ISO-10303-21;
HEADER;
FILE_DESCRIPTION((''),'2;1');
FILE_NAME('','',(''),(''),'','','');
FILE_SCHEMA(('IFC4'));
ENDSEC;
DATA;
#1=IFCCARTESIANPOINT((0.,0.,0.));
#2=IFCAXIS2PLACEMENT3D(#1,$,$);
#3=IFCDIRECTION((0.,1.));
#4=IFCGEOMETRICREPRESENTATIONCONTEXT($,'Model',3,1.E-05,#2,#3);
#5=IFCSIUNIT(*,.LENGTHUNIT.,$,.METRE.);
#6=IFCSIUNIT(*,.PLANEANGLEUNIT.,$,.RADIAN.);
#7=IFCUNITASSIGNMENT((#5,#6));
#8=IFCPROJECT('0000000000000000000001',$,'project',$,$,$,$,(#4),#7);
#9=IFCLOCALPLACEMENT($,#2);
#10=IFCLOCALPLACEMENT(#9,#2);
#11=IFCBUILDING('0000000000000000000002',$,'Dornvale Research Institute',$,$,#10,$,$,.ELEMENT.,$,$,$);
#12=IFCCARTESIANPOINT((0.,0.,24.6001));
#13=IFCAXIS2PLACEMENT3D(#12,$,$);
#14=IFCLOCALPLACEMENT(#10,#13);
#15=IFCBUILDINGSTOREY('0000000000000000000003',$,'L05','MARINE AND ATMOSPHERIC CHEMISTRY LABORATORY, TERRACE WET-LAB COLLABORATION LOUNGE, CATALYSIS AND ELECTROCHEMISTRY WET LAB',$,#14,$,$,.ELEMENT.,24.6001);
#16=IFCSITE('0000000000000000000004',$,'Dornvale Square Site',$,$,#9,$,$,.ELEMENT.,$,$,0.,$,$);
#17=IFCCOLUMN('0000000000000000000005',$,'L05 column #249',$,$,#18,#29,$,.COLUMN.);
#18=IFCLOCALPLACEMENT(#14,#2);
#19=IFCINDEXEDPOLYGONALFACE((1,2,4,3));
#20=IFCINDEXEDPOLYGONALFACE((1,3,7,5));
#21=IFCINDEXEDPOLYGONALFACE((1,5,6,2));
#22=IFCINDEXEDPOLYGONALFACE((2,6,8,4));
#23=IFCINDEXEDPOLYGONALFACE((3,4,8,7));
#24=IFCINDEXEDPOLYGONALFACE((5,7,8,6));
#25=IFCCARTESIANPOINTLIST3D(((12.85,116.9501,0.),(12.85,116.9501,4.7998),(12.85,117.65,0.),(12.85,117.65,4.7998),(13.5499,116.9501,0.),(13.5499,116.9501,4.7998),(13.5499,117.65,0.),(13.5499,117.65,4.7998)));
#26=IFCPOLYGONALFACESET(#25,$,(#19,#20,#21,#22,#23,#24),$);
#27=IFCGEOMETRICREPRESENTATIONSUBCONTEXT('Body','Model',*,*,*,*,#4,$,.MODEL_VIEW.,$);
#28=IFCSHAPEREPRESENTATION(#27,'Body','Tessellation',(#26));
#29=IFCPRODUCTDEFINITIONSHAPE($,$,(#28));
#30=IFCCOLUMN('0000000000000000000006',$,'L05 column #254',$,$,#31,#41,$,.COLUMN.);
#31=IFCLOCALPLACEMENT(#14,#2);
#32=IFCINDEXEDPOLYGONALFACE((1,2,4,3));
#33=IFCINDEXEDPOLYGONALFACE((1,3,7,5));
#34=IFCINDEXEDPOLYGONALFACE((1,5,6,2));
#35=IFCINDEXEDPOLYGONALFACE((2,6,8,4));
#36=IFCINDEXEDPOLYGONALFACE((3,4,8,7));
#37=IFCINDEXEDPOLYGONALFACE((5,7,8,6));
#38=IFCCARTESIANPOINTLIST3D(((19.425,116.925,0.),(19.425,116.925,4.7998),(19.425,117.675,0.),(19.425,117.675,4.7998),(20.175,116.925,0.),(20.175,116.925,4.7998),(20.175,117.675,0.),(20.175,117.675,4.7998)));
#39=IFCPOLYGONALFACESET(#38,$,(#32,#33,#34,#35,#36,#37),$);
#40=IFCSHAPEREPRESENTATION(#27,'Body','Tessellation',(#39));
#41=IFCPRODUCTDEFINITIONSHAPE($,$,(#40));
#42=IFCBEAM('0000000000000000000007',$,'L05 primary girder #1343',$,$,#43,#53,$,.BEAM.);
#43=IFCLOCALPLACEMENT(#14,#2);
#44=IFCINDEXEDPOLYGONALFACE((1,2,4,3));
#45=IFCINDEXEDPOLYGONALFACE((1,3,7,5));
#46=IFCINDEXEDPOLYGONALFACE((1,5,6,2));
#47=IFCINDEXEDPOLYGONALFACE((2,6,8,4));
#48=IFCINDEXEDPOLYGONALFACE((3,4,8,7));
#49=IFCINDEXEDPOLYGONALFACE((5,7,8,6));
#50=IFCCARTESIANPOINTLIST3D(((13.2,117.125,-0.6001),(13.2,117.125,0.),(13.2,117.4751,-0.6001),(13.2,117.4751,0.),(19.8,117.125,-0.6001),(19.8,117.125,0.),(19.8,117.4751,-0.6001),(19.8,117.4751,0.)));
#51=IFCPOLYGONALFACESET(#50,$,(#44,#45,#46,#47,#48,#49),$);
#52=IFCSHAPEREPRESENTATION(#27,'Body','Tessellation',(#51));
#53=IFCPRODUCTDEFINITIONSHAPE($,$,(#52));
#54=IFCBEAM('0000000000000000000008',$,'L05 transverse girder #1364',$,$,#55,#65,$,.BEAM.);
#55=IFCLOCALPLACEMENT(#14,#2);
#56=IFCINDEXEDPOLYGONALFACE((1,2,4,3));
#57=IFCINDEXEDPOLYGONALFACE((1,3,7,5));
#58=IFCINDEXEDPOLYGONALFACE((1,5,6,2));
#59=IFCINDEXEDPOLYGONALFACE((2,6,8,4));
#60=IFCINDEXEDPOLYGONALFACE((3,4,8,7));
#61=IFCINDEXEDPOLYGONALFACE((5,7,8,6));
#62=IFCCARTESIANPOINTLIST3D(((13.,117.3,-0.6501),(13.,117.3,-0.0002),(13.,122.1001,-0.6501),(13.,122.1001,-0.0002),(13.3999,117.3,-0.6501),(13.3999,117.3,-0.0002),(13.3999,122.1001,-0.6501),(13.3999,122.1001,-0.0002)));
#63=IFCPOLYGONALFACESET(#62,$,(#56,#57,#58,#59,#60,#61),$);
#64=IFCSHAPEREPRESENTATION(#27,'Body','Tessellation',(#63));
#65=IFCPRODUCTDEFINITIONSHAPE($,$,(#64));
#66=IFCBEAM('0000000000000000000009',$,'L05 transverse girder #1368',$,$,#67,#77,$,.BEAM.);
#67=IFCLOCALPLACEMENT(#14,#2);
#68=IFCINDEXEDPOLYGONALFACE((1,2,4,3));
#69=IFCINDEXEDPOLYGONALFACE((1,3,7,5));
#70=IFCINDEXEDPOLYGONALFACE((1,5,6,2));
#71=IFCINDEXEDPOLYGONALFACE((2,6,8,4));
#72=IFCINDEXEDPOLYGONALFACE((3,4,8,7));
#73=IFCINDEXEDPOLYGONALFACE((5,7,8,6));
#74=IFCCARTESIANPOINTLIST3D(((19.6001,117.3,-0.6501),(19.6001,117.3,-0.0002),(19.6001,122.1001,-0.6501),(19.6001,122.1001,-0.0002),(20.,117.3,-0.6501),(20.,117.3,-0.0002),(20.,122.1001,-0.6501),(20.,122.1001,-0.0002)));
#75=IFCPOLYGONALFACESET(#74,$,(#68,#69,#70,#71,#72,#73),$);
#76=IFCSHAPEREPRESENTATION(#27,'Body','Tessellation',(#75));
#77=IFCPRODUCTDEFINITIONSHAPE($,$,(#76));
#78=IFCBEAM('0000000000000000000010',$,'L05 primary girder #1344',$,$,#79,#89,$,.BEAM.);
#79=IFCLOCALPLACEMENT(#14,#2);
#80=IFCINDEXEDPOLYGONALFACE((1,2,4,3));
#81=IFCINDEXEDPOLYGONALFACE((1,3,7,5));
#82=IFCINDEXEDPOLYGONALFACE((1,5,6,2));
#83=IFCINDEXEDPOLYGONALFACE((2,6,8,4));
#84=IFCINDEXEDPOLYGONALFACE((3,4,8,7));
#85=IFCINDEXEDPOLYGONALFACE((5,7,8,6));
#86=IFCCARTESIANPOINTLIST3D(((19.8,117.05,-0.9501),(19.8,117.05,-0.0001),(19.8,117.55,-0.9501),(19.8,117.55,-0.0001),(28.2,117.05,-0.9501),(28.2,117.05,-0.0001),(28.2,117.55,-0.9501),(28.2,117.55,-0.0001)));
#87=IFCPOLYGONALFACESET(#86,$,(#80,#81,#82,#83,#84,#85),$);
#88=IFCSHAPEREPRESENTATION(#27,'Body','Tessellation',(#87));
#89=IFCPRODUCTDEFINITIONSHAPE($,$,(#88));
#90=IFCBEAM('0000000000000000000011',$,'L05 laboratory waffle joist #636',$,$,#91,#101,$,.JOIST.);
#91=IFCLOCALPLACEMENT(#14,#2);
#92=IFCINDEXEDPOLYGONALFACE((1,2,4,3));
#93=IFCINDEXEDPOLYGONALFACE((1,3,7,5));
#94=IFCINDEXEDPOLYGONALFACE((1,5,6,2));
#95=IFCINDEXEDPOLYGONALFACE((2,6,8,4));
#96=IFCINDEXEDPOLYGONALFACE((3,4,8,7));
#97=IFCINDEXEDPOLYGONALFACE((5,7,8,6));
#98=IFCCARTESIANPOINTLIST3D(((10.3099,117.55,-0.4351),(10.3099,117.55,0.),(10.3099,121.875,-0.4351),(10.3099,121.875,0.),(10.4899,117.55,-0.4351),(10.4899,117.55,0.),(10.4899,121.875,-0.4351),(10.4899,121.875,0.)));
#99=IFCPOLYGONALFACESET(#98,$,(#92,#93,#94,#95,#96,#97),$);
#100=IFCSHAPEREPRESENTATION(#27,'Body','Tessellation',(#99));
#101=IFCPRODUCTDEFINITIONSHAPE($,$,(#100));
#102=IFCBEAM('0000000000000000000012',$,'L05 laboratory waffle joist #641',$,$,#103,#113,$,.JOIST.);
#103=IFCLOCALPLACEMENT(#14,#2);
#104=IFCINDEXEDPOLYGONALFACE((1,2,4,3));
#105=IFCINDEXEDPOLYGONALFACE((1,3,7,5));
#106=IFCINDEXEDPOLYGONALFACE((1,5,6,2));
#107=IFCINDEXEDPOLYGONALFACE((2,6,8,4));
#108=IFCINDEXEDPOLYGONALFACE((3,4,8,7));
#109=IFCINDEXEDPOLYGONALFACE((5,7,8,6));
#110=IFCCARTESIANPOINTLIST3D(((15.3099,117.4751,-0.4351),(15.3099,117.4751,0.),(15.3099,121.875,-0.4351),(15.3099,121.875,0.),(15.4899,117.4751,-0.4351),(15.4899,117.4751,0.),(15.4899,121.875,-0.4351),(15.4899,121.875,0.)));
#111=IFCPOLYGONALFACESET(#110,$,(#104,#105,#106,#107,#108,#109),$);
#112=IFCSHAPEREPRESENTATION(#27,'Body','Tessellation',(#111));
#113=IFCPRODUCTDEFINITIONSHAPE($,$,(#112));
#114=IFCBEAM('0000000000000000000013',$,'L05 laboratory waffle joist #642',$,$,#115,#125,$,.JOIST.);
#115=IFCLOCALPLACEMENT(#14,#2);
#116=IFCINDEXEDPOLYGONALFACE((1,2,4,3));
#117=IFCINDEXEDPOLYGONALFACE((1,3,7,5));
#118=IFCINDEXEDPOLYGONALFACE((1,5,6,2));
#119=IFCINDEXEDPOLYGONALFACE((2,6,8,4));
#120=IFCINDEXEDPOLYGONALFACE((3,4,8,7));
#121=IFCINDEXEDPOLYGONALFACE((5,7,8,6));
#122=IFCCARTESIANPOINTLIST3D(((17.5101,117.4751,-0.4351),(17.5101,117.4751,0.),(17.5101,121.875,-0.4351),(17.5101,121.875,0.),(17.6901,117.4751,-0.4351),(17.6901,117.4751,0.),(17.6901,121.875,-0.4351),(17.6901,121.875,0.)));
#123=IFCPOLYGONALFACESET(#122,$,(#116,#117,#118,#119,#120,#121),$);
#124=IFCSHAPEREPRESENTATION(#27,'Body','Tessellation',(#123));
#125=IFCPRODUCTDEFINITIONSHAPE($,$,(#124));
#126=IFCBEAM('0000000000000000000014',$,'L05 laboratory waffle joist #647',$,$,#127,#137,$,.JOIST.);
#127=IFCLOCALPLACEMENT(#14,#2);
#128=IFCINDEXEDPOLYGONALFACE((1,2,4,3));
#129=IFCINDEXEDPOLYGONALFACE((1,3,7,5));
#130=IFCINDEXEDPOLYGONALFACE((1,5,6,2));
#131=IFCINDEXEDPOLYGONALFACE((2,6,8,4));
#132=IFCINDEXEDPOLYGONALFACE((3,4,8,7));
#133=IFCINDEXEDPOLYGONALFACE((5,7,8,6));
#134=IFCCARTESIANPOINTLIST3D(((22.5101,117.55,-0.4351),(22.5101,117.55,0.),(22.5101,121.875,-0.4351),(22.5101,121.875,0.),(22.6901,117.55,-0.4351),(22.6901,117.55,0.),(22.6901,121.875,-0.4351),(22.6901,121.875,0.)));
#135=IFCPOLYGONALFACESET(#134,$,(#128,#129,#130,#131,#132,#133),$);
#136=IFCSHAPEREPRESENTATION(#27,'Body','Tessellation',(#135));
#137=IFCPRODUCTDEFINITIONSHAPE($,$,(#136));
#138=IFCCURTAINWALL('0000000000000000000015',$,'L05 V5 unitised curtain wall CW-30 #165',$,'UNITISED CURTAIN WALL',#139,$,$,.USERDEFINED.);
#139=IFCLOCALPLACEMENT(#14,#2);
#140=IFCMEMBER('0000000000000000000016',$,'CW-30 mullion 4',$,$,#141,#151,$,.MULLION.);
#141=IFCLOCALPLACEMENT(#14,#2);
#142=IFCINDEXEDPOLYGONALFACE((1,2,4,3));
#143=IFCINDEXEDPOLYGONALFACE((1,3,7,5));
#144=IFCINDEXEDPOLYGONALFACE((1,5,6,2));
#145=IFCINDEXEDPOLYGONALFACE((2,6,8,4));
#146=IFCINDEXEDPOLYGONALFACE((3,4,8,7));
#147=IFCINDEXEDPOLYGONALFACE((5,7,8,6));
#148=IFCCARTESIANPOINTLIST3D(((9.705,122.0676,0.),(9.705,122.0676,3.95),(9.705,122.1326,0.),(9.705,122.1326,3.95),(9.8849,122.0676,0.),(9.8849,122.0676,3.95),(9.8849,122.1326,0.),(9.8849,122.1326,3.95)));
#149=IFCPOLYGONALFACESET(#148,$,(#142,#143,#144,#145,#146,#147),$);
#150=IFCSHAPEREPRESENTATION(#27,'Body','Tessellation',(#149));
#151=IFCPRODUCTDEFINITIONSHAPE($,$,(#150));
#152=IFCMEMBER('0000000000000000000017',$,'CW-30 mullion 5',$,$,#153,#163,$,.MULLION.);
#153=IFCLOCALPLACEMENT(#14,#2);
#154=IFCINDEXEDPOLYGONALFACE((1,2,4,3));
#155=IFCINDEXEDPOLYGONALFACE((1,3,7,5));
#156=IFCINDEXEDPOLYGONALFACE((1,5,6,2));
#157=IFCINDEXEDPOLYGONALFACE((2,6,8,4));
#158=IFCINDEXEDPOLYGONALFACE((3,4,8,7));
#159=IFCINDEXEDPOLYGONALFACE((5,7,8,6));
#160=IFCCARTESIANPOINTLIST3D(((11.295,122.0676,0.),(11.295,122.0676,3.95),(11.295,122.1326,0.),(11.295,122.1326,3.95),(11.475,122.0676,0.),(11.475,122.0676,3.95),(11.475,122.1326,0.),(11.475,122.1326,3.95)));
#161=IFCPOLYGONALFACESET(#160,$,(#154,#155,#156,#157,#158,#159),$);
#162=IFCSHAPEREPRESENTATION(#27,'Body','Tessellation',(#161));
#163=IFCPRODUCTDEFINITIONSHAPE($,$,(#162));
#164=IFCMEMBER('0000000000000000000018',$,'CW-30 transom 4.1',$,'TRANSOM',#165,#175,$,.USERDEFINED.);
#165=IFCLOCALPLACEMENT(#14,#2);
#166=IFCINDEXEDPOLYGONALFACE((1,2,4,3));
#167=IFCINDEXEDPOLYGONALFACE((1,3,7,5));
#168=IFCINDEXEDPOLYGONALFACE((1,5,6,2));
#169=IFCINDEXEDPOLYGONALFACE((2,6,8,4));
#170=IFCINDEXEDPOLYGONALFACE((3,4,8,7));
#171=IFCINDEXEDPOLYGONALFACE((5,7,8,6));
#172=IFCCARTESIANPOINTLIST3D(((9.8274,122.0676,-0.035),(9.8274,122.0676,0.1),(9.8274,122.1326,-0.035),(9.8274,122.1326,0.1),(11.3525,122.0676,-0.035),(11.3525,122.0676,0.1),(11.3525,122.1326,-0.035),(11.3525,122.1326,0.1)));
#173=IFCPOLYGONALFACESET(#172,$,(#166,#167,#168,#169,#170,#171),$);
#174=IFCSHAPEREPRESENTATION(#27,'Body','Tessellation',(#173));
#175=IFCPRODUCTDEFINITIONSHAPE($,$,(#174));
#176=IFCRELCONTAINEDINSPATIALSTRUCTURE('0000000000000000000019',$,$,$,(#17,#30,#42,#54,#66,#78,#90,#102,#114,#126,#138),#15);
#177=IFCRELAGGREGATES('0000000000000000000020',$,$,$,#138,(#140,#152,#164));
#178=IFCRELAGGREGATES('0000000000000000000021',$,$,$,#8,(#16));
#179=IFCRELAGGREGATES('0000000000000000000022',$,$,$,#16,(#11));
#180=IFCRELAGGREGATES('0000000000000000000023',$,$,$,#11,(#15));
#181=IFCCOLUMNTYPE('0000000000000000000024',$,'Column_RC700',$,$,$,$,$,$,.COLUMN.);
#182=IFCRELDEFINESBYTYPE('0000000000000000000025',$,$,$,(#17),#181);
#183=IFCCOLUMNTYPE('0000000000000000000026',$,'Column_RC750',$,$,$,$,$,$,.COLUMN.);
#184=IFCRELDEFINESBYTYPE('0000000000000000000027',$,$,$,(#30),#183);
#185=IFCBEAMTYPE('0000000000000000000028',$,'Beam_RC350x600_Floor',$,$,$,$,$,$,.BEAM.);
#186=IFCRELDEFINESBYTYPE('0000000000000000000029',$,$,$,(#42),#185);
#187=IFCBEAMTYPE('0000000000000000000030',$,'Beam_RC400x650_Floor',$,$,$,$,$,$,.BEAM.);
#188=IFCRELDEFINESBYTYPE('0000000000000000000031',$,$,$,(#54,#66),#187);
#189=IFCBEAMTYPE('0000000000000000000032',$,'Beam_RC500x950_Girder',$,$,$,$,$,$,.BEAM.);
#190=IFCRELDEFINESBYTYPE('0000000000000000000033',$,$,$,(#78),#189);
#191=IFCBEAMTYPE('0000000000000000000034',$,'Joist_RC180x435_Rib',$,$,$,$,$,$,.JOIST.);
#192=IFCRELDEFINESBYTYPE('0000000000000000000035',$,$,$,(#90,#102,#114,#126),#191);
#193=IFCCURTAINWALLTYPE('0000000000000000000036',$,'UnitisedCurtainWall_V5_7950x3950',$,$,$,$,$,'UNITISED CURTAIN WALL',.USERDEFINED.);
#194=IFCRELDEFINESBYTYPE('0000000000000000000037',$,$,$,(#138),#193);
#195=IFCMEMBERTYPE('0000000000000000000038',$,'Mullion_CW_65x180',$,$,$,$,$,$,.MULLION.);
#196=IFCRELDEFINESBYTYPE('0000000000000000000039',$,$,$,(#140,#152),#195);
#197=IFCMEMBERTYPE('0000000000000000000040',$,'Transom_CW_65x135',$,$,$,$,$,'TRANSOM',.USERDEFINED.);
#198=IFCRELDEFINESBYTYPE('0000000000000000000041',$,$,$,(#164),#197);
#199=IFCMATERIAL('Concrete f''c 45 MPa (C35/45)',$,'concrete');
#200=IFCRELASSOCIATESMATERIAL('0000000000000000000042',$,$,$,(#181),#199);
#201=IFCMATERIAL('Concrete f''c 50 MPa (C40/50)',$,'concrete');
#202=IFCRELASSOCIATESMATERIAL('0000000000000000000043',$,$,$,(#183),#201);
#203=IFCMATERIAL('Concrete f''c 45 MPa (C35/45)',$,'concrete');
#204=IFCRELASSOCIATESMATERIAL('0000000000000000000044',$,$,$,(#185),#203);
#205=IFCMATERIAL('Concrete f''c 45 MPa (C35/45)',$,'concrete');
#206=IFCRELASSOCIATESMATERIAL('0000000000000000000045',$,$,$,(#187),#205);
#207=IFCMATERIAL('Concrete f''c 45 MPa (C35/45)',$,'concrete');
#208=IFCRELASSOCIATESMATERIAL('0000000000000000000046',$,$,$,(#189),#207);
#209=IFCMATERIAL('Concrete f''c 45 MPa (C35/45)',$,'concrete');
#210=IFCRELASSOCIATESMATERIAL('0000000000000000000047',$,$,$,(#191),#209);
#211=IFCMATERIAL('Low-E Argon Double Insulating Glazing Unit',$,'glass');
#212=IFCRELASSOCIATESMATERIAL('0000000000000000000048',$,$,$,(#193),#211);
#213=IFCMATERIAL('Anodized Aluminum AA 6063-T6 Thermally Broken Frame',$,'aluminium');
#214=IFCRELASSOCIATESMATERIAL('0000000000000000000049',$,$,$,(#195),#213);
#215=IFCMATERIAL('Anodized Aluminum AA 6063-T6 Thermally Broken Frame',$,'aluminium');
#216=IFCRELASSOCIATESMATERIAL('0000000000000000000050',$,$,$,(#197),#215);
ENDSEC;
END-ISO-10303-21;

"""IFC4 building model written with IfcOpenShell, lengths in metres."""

from ifc_helpers import new_model, si_unit, direction, frame, origin, origin_2d, place, context, subcontext, project, spatial, rectangle, extrude, material, material_profile, profile_set, type_object, element, aggregate, save


model = new_model("IFC4")

# Units and contexts
model_context = context("Model", 3, precision=1e-05, world=origin(), true_north=direction((0.0, 1.0)))
body_context = subcontext(model_context, "Body", "Model", "MODEL_VIEW")
ifc_project = project(units=[si_unit("LENGTHUNIT", "METRE"), si_unit("PLANEANGLEUNIT", "RADIAN")], contexts=[model_context])

# Site, building, storey
site_placement = place(None, origin())
site = spatial("IfcSite", under=ifc_project, at=site_placement, Name="Dornvale Square Site", CompositionType="ELEMENT", RefElevation=0.0)
building_placement = place(site_placement, origin())
building = spatial("IfcBuilding", under=site, at=building_placement, Name="Dornvale Research Institute", CompositionType="ELEMENT")
storey_placement = place(building_placement, frame((0.0, 0.0, 24.6001)))
storey = spatial("IfcBuildingStorey", under=building, at=storey_placement, Name="L05", Description="MARINE AND ATMOSPHERIC CHEMISTRY LABORATORY, TERRACE WET-LAB COLLABORATION LOUNGE, CATALYSIS AND ELECTROCHEMISTRY WET LAB", CompositionType="ELEMENT", Elevation=24.6001)

# Columns
ifc_material_1 = material(Name="Concrete f'c 45 MPa (C35/45)", Category="concrete")
ifc_material_profile_1 = material_profile(ifc_material_1, rectangle(XDim=0.7, YDim=0.7, at=origin_2d()), Name="RC 700x700")
ifc_profile_set_1 = profile_set([ifc_material_profile_1], Name="Concrete f'c 45 MPa (C35/45)")
column_type_1 = type_object("IfcColumnType", Name="Column_RC700", PredefinedType="COLUMN", material=ifc_profile_set_1)
column_1_placement = place(storey_placement, frame((13.2, 117.3, 0.0), z_axis=(0.0, 0.0, 1.0), x_axis=(1.0, 0.0, 0.0)))
element("IfcColumn", 1, at=column_1_placement, inside=storey, type_object=column_type_1, Name="L05 column #249", PredefinedType="COLUMN", context=body_context, shape_type="SweptSolid", body=[
    extrude(rectangle(XDim=0.7, YDim=0.7, at=origin_2d()), origin(), (0.0, 0.0, 1.0), 4.7998),
])
ifc_material_2 = material(Name="Concrete f'c 50 MPa (C40/50)", Category="concrete")
ifc_material_profile_2 = material_profile(ifc_material_2, rectangle(XDim=0.75, YDim=0.75, at=origin_2d()), Name="RC 750x750")
ifc_profile_set_2 = profile_set([ifc_material_profile_2], Name="Concrete f'c 50 MPa (C40/50)")
column_type_2 = type_object("IfcColumnType", Name="Column_RC750", PredefinedType="COLUMN", material=ifc_profile_set_2)
column_2_placement = place(storey_placement, frame((19.8, 117.3, 0.0), z_axis=(0.0, 0.0, 1.0), x_axis=(1.0, 0.0, 0.0)))
element("IfcColumn", 2, at=column_2_placement, inside=storey, type_object=column_type_2, Name="L05 column #254", PredefinedType="COLUMN", context=body_context, shape_type="SweptSolid", body=[
    extrude(rectangle(XDim=0.75, YDim=0.75, at=origin_2d()), origin(), (0.0, 0.0, 1.0), 4.7998),
])

# Beams
ifc_material_3 = material(Name="Concrete f'c 45 MPa (C35/45)", Category="concrete")
ifc_material_profile_3 = material_profile(ifc_material_3, rectangle(XDim=0.3501, YDim=0.6001, at=origin_2d()), Name="RC 350x600")
ifc_profile_set_3 = profile_set([ifc_material_profile_3], Name="Concrete f'c 45 MPa (C35/45)")
beam_type_1 = type_object("IfcBeamType", Name="Beam_RC350x600_Floor", PredefinedType="BEAM", material=ifc_profile_set_3)
beam_1_placement = place(storey_placement, frame((13.2, 117.3, -0.3), z_axis=(1.0, 0.0, 0.0), x_axis=(0.0, 1.0, 0.0)))
element("IfcBeam", 3, at=beam_1_placement, inside=storey, type_object=beam_type_1, Name="L05 primary girder #1343", PredefinedType="BEAM", context=body_context, shape_type="SweptSolid", body=[
    extrude(rectangle(XDim=0.3501, YDim=0.6001, at=origin_2d()), origin(), (0.0, 0.0, 1.0), 6.6001),
])
ifc_material_4 = material(Name="Concrete f'c 45 MPa (C35/45)", Category="concrete")
ifc_material_profile_4 = material_profile(ifc_material_4, rectangle(XDim=0.3999, YDim=0.6499, at=origin_2d()), Name="RC 400x650")
ifc_profile_set_4 = profile_set([ifc_material_profile_4], Name="Concrete f'c 45 MPa (C35/45)")
beam_type_2 = type_object("IfcBeamType", Name="Beam_RC400x650_Floor", PredefinedType="BEAM", material=ifc_profile_set_4)
for number, where, z_axis, x_axis, name in (
    (4, (13.2, 117.3, -0.3252), (0.0, 1.0, 0.0), (-1.0, 0.0, 0.0), "L05 transverse girder #1364"),
    (5, (19.8, 117.3, -0.3252), (0.0, 1.0, 0.0), (-1.0, 0.0, 0.0), "L05 transverse girder #1368"),
):
    element("IfcBeam", number, at=place(storey_placement, frame(where, z_axis=z_axis, x_axis=x_axis)), inside=storey, type_object=beam_type_2, Name=name, PredefinedType="BEAM", context=body_context, shape_type="SweptSolid", body=[
        extrude(rectangle(XDim=0.3999, YDim=0.6499, at=origin_2d()), origin(), (0.0, 0.0, 1.0), 4.8),
    ])
ifc_material_5 = material(Name="Concrete f'c 45 MPa (C35/45)", Category="concrete")
ifc_material_profile_5 = material_profile(ifc_material_5, rectangle(XDim=0.5, YDim=0.95, at=origin_2d()), Name="RC 500x950")
ifc_profile_set_5 = profile_set([ifc_material_profile_5], Name="Concrete f'c 45 MPa (C35/45)")
beam_type_3 = type_object("IfcBeamType", Name="Beam_RC500x950_Girder", PredefinedType="BEAM", material=ifc_profile_set_5)
beam_2_placement = place(storey_placement, frame((19.8, 117.3, -0.4751), z_axis=(1.0, 0.0, 0.0), x_axis=(0.0, 1.0, 0.0)))
element("IfcBeam", 6, at=beam_2_placement, inside=storey, type_object=beam_type_3, Name="L05 primary girder #1344", PredefinedType="BEAM", context=body_context, shape_type="SweptSolid", body=[
    extrude(rectangle(XDim=0.5, YDim=0.95, at=origin_2d()), origin(), (0.0, 0.0, 1.0), 8.3999),
])
ifc_material_6 = material(Name="Concrete f'c 45 MPa (C35/45)", Category="concrete")
ifc_material_profile_6 = material_profile(ifc_material_6, rectangle(XDim=0.1799, YDim=0.4351, at=origin_2d()), Name="RC 180x435")
ifc_profile_set_6 = profile_set([ifc_material_profile_6], Name="Concrete f'c 45 MPa (C35/45)")
beam_type_4 = type_object("IfcBeamType", Name="Joist_RC180x435_Rib", PredefinedType="JOIST", material=ifc_profile_set_6)
beam_3_placement = place(storey_placement, frame((10.3999, 117.55, -0.2175), z_axis=(0.0, 1.0, 0.0), x_axis=(-1.0, 0.0, 0.0)))
element("IfcBeam", 7, at=beam_3_placement, inside=storey, type_object=beam_type_4, Name="L05 laboratory waffle joist #636", PredefinedType="JOIST", context=body_context, shape_type="SweptSolid", body=[
    extrude(rectangle(XDim=0.1799, YDim=0.4351, at=origin_2d()), origin(), (0.0, 0.0, 1.0), 4.325),
])
for number, where, z_axis, x_axis, name in (
    (8, (15.3999, 117.4751, -0.2175), (0.0, 1.0, 0.0), (-1.0, 0.0, 0.0), "L05 laboratory waffle joist #641"),
    (9, (17.6001, 117.4751, -0.2175), (0.0, 1.0, 0.0), (-1.0, 0.0, 0.0), "L05 laboratory waffle joist #642"),
):
    element("IfcBeam", number, at=place(storey_placement, frame(where, z_axis=z_axis, x_axis=x_axis)), inside=storey, type_object=beam_type_4, Name=name, PredefinedType="JOIST", context=body_context, shape_type="SweptSolid", body=[
        extrude(rectangle(XDim=0.1799, YDim=0.4351, at=origin_2d()), origin(), (0.0, 0.0, 1.0), 4.3999),
    ])
beam_4_placement = place(storey_placement, frame((22.6001, 117.55, -0.2175), z_axis=(0.0, 1.0, 0.0), x_axis=(-1.0, 0.0, 0.0)))
element("IfcBeam", 10, at=beam_4_placement, inside=storey, type_object=beam_type_4, Name="L05 laboratory waffle joist #647", PredefinedType="JOIST", context=body_context, shape_type="SweptSolid", body=[
    extrude(rectangle(XDim=0.1799, YDim=0.4351, at=origin_2d()), origin(), (0.0, 0.0, 1.0), 4.325),
])

# Curtain wall, members
ifc_material_7 = material(Name="Low-E Argon Double Insulating Glazing Unit", Category="glass")
curtain_wall_type = type_object("IfcCurtainWallType", Name="UnitisedCurtainWall_V5_7950x3950", ElementType="UNITISED CURTAIN WALL", PredefinedType="USERDEFINED", material=ifc_material_7)
curtain_wall_placement = place(storey_placement, origin())
curtain_wall = element("IfcCurtainWall", 11, at=curtain_wall_placement, inside=storey, type_object=curtain_wall_type, Name="L05 V5 unitised curtain wall CW-30 #165", ObjectType="UNITISED CURTAIN WALL", PredefinedType="USERDEFINED")
ifc_material_8 = material(Name="Anodized Aluminum AA 6063-T6 Thermally Broken Frame", Category="aluminium")
ifc_material_profile_7 = material_profile(ifc_material_8, rectangle(XDim=0.0649, YDim=0.1799, at=origin_2d()), Name="ALU MULLION 65x180")
ifc_profile_set_7 = profile_set([ifc_material_profile_7], Name="Anodized Aluminum AA 6063-T6 Thermally Broken Frame")
member_type_1 = type_object("IfcMemberType", Name="Mullion_CW_65x180", PredefinedType="MULLION", material=ifc_profile_set_7)
member_1_placement = place(storey_placement, frame((9.7949, 122.1001, 0.0), z_axis=(0.0, 0.0, 1.0), x_axis=(0.0, 1.0, 0.0)))
member_1 = element("IfcMember", 12, at=member_1_placement, type_object=member_type_1, Name="CW-30 mullion 4", PredefinedType="MULLION", context=body_context, shape_type="SweptSolid", body=[
    extrude(rectangle(XDim=0.0649, YDim=0.1799, at=origin_2d()), origin(), (0.0, 0.0, 1.0), 3.95),
])
member_2_placement = place(storey_placement, frame((11.385, 122.1001, 0.0), z_axis=(0.0, 0.0, 1.0), x_axis=(0.0, 1.0, 0.0)))
member_2 = element("IfcMember", 13, at=member_2_placement, type_object=member_type_1, Name="CW-30 mullion 5", PredefinedType="MULLION", context=body_context, shape_type="SweptSolid", body=[
    extrude(rectangle(XDim=0.0649, YDim=0.1799, at=origin_2d()), origin(), (0.0, 0.0, 1.0), 3.95),
])
ifc_material_9 = material(Name="Anodized Aluminum AA 6063-T6 Thermally Broken Frame", Category="aluminium")
ifc_material_profile_8 = material_profile(ifc_material_9, rectangle(XDim=0.0649, YDim=0.135, at=origin_2d()), Name="ALU TRANSOM 65x135")
ifc_profile_set_8 = profile_set([ifc_material_profile_8], Name="Anodized Aluminum AA 6063-T6 Thermally Broken Frame")
member_type_2 = type_object("IfcMemberType", Name="Transom_CW_65x135", ElementType="TRANSOM", PredefinedType="USERDEFINED", material=ifc_profile_set_8)
member_3_placement = place(storey_placement, frame((9.8274, 122.1001, 0.0325), z_axis=(1.0, 0.0, 0.0), x_axis=(0.0, 1.0, 0.0)))
member_3 = element("IfcMember", 14, at=member_3_placement, type_object=member_type_2, Name="CW-30 transom 4.1", ObjectType="TRANSOM", PredefinedType="USERDEFINED", context=body_context, shape_type="SweptSolid", body=[
    extrude(rectangle(XDim=0.0649, YDim=0.135, at=origin_2d()), origin(), (0.0, 0.0, 1.0), 1.5251),
])
aggregate(curtain_wall, [member_1, member_2, member_3])

save(model, "model.ifc")
